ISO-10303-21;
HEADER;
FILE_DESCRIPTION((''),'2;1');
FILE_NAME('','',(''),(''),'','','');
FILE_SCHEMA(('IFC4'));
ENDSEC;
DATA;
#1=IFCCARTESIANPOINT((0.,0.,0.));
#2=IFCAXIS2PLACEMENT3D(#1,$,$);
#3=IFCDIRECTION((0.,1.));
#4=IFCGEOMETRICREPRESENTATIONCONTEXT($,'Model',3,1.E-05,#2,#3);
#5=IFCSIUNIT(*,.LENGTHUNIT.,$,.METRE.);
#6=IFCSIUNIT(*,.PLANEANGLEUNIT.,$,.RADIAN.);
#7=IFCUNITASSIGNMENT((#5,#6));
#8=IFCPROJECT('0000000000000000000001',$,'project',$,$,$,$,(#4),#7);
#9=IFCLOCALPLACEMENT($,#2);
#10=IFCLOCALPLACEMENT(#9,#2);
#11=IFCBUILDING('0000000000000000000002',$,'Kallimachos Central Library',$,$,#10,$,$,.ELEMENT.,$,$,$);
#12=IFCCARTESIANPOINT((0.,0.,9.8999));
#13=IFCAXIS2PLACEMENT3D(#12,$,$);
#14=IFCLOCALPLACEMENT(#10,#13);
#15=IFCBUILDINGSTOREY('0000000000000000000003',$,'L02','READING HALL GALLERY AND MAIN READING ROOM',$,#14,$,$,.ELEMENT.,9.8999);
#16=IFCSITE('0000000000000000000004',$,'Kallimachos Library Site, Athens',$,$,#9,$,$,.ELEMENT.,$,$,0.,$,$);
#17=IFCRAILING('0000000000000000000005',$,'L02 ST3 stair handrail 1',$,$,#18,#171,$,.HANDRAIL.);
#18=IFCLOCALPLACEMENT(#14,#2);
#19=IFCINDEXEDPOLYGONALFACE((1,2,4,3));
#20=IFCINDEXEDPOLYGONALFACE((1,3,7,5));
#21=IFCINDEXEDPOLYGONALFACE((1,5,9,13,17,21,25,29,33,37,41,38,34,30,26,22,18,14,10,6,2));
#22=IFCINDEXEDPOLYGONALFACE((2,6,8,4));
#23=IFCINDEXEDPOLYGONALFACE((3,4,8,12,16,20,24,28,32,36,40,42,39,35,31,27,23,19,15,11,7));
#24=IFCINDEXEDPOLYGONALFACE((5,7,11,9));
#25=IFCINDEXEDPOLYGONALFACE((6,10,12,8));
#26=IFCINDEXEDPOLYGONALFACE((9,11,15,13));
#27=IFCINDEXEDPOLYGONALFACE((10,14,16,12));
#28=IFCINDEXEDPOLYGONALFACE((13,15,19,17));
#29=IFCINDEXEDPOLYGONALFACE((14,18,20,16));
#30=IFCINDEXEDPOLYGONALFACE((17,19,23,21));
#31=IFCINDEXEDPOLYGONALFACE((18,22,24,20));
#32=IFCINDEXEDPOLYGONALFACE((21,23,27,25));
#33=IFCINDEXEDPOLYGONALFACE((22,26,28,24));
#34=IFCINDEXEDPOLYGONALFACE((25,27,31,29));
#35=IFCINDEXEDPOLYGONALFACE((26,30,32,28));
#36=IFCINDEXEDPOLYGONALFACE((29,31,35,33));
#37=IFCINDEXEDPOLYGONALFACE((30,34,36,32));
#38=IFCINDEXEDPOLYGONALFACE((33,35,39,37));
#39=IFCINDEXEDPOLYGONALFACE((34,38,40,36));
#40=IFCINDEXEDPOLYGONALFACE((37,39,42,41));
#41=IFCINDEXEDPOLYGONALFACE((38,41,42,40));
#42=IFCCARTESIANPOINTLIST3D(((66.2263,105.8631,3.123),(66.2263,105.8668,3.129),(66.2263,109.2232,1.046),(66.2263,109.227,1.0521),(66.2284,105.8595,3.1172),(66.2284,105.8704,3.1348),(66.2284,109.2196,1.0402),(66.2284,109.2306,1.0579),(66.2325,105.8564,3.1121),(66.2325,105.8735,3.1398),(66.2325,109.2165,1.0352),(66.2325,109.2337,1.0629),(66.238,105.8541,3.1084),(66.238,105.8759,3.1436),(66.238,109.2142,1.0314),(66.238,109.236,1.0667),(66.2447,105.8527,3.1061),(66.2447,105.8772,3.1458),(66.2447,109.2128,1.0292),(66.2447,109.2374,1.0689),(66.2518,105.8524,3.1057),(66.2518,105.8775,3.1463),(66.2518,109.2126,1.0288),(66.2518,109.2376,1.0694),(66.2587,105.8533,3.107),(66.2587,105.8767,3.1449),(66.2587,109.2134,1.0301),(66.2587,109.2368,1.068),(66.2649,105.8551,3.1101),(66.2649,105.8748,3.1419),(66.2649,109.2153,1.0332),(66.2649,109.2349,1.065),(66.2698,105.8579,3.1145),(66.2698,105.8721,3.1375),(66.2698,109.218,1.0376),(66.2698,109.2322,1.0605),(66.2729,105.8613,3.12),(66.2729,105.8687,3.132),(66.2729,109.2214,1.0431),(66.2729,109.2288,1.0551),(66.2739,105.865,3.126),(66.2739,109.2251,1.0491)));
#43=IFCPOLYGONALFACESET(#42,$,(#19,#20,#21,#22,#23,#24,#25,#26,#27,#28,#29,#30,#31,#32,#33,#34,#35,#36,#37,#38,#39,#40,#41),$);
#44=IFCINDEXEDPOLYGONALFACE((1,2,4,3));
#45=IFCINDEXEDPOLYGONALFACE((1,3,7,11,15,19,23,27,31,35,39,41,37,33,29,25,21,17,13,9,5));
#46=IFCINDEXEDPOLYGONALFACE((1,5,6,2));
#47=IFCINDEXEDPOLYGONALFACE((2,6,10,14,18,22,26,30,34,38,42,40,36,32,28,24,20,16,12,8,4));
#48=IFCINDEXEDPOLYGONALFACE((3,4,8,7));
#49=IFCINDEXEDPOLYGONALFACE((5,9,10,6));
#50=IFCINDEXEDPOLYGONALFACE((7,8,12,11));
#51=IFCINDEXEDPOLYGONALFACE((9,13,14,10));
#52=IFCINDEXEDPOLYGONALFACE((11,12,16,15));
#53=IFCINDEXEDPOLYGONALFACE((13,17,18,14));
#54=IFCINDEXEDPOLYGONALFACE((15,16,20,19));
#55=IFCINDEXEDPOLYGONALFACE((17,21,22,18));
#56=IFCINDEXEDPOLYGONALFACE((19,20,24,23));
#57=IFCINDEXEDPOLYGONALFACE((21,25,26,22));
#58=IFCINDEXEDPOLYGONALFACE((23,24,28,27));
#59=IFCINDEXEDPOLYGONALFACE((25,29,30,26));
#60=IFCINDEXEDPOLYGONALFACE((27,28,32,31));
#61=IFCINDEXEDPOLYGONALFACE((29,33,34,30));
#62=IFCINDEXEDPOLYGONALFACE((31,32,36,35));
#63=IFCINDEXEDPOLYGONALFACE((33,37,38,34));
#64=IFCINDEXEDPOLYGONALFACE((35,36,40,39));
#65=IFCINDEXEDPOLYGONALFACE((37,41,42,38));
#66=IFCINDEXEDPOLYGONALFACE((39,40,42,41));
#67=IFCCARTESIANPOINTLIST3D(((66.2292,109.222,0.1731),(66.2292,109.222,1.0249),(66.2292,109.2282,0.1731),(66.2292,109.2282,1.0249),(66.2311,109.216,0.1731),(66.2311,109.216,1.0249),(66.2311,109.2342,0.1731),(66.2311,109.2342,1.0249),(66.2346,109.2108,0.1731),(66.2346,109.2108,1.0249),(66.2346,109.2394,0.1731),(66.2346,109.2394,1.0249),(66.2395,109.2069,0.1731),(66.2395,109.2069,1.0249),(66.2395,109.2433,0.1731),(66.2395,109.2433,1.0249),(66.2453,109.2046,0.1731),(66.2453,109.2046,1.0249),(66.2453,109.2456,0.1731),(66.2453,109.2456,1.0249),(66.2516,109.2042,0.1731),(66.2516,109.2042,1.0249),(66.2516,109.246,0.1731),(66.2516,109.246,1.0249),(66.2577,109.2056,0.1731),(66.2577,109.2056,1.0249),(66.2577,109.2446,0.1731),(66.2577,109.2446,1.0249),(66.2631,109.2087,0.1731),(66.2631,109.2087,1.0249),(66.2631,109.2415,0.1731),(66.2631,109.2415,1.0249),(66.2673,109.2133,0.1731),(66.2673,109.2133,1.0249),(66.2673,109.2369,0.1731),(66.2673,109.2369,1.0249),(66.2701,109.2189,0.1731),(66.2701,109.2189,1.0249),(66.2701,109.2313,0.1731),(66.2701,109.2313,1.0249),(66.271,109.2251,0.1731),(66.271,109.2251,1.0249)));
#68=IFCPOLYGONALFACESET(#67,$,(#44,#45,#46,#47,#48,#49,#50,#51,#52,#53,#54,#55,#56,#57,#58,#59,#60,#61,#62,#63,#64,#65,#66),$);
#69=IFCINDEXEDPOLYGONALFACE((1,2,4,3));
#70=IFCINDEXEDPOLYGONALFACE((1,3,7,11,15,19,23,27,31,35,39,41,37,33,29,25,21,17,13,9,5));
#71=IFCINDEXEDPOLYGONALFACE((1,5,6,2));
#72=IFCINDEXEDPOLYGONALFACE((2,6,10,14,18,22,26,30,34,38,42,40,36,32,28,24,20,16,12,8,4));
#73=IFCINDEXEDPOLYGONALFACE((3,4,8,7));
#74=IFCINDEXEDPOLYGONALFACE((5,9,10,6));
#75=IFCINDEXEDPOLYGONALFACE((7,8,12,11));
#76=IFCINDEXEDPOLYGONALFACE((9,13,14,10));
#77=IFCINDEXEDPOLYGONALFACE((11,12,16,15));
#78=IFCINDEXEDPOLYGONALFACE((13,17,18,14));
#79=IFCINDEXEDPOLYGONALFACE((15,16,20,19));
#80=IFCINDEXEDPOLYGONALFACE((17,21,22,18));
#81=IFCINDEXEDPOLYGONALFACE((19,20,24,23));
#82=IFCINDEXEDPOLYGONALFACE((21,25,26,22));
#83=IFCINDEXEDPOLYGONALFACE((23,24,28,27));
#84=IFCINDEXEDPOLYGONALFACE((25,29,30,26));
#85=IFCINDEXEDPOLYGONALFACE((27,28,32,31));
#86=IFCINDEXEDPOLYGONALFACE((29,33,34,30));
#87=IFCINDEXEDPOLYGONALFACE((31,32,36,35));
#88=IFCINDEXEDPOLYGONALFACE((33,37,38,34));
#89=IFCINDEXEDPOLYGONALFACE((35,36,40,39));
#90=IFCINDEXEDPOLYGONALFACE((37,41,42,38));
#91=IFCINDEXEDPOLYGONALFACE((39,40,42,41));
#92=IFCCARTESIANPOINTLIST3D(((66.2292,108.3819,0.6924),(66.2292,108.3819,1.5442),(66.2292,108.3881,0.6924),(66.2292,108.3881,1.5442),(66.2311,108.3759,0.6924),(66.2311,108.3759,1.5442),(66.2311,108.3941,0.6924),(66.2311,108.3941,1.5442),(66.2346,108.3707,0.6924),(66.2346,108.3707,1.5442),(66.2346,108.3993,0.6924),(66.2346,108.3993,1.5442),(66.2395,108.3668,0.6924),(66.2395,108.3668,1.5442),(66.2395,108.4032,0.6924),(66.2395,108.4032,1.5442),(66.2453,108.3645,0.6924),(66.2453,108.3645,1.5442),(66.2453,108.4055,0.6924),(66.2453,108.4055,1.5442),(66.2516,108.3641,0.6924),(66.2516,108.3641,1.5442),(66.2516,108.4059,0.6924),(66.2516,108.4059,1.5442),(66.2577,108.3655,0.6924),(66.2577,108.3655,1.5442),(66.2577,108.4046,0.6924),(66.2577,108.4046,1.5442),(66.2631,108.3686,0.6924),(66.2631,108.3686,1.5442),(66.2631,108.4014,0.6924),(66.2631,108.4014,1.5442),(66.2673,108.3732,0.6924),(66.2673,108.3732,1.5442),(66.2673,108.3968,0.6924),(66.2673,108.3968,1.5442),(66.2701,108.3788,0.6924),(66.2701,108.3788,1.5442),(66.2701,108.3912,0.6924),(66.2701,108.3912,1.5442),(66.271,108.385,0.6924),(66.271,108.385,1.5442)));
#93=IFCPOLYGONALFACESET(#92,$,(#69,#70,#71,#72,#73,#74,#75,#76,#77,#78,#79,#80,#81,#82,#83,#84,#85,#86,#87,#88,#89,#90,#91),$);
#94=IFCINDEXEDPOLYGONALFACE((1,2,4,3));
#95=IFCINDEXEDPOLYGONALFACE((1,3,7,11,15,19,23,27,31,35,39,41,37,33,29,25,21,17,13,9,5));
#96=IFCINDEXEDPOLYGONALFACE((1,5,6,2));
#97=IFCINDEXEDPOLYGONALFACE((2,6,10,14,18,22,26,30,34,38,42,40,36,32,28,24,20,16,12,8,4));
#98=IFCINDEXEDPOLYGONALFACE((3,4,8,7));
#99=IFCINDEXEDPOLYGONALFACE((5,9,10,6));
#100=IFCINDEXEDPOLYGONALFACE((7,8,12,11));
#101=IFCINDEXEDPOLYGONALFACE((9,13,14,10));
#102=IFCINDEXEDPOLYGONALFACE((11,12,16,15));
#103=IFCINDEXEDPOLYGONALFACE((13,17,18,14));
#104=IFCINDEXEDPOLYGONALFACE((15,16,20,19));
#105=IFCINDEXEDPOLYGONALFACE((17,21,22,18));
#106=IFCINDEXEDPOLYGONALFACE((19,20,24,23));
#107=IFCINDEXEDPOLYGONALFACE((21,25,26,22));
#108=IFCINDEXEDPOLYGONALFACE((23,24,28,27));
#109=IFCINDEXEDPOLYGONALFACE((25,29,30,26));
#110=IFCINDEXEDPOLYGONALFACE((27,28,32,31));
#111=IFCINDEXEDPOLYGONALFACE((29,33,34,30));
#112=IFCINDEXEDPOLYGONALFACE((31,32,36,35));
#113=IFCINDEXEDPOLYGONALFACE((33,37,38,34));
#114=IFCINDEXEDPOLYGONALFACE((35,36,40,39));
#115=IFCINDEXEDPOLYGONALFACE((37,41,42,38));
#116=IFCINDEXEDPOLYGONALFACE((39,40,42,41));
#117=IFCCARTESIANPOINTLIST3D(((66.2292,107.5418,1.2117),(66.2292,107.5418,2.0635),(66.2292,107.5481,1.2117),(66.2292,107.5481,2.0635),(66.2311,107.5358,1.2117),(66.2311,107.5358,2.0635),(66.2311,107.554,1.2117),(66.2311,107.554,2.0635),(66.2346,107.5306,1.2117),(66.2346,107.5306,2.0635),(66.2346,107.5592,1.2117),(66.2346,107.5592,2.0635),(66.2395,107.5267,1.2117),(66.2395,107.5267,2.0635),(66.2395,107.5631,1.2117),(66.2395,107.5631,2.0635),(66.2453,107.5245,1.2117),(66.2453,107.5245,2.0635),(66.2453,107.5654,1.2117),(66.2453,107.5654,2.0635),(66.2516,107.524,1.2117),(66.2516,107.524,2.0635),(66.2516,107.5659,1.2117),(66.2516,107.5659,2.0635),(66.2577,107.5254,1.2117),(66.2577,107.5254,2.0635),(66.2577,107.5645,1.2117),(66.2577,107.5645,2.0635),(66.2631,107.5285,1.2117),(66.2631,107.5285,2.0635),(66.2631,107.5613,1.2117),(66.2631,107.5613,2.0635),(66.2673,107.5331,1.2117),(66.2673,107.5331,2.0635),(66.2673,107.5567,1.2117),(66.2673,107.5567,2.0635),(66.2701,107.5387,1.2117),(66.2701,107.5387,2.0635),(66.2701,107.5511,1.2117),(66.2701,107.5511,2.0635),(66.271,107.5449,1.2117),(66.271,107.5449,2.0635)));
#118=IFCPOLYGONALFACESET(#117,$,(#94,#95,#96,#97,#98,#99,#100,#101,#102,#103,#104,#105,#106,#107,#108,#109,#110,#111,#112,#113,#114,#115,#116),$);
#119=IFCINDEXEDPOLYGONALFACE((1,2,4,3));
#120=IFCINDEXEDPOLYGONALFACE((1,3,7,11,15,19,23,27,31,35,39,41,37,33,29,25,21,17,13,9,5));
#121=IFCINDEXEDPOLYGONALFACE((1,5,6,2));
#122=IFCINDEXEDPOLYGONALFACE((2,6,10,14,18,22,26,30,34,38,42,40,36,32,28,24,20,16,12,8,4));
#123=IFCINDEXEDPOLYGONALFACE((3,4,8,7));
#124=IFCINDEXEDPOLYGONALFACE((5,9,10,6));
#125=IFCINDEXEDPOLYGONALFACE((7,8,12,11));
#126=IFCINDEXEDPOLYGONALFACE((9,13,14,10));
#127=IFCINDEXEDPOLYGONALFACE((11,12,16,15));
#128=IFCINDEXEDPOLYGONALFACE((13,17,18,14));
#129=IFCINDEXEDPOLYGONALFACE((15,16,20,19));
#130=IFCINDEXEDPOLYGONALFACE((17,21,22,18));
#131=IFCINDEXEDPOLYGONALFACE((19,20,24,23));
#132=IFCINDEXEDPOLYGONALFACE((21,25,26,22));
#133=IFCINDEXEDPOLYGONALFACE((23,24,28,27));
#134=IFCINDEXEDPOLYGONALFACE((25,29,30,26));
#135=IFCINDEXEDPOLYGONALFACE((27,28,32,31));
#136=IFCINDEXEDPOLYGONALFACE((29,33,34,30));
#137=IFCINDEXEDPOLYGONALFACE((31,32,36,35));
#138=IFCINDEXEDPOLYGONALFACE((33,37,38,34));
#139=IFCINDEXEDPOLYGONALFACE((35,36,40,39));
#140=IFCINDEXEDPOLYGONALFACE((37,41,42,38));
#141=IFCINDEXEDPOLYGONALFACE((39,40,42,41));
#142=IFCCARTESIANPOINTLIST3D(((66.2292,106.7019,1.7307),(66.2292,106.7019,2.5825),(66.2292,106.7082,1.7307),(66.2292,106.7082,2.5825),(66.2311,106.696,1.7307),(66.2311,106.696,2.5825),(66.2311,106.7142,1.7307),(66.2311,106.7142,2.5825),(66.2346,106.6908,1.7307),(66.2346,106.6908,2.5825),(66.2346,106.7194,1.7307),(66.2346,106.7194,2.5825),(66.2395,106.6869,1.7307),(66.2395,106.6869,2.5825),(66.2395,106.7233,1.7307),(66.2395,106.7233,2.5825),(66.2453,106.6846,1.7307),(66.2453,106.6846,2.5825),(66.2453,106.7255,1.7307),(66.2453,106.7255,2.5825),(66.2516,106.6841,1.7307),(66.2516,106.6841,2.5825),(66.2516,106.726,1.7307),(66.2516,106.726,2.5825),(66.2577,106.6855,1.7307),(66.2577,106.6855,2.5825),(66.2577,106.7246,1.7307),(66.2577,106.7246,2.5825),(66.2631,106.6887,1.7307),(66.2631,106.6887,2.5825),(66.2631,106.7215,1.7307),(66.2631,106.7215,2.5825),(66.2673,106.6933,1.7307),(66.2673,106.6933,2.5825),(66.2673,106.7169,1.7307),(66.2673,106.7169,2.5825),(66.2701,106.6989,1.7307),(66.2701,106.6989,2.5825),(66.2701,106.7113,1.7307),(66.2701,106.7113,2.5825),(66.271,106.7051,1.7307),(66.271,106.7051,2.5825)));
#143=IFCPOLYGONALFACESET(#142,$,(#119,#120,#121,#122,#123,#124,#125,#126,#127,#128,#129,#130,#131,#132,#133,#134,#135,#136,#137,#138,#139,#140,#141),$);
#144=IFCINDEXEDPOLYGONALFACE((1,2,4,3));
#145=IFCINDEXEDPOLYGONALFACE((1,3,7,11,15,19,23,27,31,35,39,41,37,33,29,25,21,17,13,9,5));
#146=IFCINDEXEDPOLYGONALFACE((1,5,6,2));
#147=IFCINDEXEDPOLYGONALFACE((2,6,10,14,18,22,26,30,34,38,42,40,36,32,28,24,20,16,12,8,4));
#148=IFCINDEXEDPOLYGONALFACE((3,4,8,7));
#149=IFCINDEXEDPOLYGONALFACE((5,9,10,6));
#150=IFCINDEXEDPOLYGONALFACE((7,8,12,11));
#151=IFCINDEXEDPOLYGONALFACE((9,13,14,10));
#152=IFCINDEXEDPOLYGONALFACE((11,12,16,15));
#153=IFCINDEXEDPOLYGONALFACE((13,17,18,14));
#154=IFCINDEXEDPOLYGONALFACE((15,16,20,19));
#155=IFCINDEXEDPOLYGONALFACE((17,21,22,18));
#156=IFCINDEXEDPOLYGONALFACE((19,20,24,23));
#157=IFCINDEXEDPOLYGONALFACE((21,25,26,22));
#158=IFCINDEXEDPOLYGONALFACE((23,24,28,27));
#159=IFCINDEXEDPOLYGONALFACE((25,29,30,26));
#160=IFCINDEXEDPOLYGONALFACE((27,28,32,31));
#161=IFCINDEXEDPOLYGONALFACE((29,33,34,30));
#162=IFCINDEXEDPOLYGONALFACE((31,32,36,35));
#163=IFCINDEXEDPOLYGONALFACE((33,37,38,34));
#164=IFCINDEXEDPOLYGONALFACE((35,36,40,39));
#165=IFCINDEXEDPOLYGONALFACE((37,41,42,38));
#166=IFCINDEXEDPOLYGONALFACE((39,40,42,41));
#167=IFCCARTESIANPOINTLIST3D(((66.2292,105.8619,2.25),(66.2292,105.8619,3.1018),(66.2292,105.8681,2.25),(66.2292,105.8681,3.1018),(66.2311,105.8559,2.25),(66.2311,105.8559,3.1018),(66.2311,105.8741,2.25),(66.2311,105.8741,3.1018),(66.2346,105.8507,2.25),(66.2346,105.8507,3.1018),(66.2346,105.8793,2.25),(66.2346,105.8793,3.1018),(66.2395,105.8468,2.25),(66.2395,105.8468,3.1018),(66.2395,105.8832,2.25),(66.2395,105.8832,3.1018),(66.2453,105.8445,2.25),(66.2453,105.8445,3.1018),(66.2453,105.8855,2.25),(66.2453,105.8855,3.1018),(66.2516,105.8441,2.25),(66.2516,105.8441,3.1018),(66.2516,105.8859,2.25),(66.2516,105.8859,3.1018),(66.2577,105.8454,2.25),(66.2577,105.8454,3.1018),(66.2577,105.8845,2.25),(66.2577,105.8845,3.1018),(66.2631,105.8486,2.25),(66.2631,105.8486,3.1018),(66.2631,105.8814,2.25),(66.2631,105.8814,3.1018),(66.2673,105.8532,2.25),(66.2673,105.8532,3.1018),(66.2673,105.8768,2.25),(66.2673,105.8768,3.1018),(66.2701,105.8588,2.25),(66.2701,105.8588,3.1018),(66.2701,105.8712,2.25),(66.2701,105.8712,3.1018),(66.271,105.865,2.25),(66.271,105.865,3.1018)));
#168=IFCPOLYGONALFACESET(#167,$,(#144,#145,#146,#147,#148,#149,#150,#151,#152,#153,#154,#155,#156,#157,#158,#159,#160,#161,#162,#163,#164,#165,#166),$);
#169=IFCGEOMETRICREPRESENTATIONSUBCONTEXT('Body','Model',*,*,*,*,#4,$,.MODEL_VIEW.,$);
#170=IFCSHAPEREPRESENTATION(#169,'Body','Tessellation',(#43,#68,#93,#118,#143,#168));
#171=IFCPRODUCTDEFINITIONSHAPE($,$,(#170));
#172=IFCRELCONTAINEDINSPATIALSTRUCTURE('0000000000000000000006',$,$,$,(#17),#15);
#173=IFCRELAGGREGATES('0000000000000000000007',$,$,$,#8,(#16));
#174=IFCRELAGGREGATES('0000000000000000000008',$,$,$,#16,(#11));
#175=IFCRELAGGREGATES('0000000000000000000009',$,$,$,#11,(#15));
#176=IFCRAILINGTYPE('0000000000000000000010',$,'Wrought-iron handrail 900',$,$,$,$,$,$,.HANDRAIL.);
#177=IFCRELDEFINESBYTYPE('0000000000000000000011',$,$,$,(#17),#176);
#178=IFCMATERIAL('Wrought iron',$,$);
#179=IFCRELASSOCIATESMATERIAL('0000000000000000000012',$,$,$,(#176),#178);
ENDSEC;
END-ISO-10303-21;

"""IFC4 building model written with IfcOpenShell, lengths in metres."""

from ifc_helpers import new_model, si_unit, direction, frame, origin, origin_2d, place, context, subcontext, project, spatial, circle, extrude, material, type_object, element, save


model = new_model("IFC4")

# Units and contexts
model_context = context("Model", 3, precision=1e-05, world=origin(), true_north=direction((0.0, 1.0)))
body_context = subcontext(model_context, "Body", "Model", "MODEL_VIEW")
ifc_project = project(units=[si_unit("LENGTHUNIT", "METRE"), si_unit("PLANEANGLEUNIT", "RADIAN")], contexts=[model_context])

# Site, building, storey
site_placement = place(None, origin())
site = spatial("IfcSite", under=ifc_project, at=site_placement, Name="Kallimachos Library Site, Athens", CompositionType="ELEMENT", RefElevation=0.0)
building_placement = place(site_placement, origin())
building = spatial("IfcBuilding", under=site, at=building_placement, Name="Kallimachos Central Library", CompositionType="ELEMENT")
storey_placement = place(building_placement, frame((0.0, 0.0, 9.8999)))
storey = spatial("IfcBuildingStorey", under=building, at=storey_placement, Name="L02", Description="READING HALL GALLERY AND MAIN READING ROOM", CompositionType="ELEMENT", Elevation=9.8999)

# Railing
ifc_material_1 = material(Name="Wrought iron")
railing_type_1 = type_object("IfcRailingType", Name="Wrought-iron handrail 900", PredefinedType="HANDRAIL", material=ifc_material_1)
railing_1_placement = place(storey_placement, frame((66.25, 109.2251, 0.1731)))
element("IfcRailing", 1, at=railing_1_placement, inside=storey, type_object=railing_type_1, Name="L02 ST3 stair handrail 1", PredefinedType="HANDRAIL", context=body_context, shape_type="SweptSolid", body=[
    extrude(circle(Radius=0.0239, at=origin_2d()), frame((0.0, 0.0, 0.876), z_axis=(0.0, -0.850623, 0.525776), x_axis=(1.0, 0.0, 0.0)), (0.0, 0.0, 1.0), 3.9502),
    extrude(circle(Radius=0.021, at=origin_2d()), origin(), (0.0, 0.0, 1.0), 0.8518),
    extrude(circle(Radius=0.021, at=origin_2d()), frame((0.0, -0.8401, 0.5193)), (0.0, 0.0, 1.0), 0.8518),
    extrude(circle(Radius=0.021, at=origin_2d()), frame((0.0, -1.6802, 1.0386)), (0.0, 0.0, 1.0), 0.8518),
    extrude(circle(Radius=0.021, at=origin_2d()), frame((0.0, -2.52, 1.5576)), (0.0, 0.0, 1.0), 0.8518),
    extrude(circle(Radius=0.021, at=origin_2d()), frame((0.0, -3.3601, 2.0769)), (0.0, 0.0, 1.0), 0.8518),
])

save(model, "model.ifc")
